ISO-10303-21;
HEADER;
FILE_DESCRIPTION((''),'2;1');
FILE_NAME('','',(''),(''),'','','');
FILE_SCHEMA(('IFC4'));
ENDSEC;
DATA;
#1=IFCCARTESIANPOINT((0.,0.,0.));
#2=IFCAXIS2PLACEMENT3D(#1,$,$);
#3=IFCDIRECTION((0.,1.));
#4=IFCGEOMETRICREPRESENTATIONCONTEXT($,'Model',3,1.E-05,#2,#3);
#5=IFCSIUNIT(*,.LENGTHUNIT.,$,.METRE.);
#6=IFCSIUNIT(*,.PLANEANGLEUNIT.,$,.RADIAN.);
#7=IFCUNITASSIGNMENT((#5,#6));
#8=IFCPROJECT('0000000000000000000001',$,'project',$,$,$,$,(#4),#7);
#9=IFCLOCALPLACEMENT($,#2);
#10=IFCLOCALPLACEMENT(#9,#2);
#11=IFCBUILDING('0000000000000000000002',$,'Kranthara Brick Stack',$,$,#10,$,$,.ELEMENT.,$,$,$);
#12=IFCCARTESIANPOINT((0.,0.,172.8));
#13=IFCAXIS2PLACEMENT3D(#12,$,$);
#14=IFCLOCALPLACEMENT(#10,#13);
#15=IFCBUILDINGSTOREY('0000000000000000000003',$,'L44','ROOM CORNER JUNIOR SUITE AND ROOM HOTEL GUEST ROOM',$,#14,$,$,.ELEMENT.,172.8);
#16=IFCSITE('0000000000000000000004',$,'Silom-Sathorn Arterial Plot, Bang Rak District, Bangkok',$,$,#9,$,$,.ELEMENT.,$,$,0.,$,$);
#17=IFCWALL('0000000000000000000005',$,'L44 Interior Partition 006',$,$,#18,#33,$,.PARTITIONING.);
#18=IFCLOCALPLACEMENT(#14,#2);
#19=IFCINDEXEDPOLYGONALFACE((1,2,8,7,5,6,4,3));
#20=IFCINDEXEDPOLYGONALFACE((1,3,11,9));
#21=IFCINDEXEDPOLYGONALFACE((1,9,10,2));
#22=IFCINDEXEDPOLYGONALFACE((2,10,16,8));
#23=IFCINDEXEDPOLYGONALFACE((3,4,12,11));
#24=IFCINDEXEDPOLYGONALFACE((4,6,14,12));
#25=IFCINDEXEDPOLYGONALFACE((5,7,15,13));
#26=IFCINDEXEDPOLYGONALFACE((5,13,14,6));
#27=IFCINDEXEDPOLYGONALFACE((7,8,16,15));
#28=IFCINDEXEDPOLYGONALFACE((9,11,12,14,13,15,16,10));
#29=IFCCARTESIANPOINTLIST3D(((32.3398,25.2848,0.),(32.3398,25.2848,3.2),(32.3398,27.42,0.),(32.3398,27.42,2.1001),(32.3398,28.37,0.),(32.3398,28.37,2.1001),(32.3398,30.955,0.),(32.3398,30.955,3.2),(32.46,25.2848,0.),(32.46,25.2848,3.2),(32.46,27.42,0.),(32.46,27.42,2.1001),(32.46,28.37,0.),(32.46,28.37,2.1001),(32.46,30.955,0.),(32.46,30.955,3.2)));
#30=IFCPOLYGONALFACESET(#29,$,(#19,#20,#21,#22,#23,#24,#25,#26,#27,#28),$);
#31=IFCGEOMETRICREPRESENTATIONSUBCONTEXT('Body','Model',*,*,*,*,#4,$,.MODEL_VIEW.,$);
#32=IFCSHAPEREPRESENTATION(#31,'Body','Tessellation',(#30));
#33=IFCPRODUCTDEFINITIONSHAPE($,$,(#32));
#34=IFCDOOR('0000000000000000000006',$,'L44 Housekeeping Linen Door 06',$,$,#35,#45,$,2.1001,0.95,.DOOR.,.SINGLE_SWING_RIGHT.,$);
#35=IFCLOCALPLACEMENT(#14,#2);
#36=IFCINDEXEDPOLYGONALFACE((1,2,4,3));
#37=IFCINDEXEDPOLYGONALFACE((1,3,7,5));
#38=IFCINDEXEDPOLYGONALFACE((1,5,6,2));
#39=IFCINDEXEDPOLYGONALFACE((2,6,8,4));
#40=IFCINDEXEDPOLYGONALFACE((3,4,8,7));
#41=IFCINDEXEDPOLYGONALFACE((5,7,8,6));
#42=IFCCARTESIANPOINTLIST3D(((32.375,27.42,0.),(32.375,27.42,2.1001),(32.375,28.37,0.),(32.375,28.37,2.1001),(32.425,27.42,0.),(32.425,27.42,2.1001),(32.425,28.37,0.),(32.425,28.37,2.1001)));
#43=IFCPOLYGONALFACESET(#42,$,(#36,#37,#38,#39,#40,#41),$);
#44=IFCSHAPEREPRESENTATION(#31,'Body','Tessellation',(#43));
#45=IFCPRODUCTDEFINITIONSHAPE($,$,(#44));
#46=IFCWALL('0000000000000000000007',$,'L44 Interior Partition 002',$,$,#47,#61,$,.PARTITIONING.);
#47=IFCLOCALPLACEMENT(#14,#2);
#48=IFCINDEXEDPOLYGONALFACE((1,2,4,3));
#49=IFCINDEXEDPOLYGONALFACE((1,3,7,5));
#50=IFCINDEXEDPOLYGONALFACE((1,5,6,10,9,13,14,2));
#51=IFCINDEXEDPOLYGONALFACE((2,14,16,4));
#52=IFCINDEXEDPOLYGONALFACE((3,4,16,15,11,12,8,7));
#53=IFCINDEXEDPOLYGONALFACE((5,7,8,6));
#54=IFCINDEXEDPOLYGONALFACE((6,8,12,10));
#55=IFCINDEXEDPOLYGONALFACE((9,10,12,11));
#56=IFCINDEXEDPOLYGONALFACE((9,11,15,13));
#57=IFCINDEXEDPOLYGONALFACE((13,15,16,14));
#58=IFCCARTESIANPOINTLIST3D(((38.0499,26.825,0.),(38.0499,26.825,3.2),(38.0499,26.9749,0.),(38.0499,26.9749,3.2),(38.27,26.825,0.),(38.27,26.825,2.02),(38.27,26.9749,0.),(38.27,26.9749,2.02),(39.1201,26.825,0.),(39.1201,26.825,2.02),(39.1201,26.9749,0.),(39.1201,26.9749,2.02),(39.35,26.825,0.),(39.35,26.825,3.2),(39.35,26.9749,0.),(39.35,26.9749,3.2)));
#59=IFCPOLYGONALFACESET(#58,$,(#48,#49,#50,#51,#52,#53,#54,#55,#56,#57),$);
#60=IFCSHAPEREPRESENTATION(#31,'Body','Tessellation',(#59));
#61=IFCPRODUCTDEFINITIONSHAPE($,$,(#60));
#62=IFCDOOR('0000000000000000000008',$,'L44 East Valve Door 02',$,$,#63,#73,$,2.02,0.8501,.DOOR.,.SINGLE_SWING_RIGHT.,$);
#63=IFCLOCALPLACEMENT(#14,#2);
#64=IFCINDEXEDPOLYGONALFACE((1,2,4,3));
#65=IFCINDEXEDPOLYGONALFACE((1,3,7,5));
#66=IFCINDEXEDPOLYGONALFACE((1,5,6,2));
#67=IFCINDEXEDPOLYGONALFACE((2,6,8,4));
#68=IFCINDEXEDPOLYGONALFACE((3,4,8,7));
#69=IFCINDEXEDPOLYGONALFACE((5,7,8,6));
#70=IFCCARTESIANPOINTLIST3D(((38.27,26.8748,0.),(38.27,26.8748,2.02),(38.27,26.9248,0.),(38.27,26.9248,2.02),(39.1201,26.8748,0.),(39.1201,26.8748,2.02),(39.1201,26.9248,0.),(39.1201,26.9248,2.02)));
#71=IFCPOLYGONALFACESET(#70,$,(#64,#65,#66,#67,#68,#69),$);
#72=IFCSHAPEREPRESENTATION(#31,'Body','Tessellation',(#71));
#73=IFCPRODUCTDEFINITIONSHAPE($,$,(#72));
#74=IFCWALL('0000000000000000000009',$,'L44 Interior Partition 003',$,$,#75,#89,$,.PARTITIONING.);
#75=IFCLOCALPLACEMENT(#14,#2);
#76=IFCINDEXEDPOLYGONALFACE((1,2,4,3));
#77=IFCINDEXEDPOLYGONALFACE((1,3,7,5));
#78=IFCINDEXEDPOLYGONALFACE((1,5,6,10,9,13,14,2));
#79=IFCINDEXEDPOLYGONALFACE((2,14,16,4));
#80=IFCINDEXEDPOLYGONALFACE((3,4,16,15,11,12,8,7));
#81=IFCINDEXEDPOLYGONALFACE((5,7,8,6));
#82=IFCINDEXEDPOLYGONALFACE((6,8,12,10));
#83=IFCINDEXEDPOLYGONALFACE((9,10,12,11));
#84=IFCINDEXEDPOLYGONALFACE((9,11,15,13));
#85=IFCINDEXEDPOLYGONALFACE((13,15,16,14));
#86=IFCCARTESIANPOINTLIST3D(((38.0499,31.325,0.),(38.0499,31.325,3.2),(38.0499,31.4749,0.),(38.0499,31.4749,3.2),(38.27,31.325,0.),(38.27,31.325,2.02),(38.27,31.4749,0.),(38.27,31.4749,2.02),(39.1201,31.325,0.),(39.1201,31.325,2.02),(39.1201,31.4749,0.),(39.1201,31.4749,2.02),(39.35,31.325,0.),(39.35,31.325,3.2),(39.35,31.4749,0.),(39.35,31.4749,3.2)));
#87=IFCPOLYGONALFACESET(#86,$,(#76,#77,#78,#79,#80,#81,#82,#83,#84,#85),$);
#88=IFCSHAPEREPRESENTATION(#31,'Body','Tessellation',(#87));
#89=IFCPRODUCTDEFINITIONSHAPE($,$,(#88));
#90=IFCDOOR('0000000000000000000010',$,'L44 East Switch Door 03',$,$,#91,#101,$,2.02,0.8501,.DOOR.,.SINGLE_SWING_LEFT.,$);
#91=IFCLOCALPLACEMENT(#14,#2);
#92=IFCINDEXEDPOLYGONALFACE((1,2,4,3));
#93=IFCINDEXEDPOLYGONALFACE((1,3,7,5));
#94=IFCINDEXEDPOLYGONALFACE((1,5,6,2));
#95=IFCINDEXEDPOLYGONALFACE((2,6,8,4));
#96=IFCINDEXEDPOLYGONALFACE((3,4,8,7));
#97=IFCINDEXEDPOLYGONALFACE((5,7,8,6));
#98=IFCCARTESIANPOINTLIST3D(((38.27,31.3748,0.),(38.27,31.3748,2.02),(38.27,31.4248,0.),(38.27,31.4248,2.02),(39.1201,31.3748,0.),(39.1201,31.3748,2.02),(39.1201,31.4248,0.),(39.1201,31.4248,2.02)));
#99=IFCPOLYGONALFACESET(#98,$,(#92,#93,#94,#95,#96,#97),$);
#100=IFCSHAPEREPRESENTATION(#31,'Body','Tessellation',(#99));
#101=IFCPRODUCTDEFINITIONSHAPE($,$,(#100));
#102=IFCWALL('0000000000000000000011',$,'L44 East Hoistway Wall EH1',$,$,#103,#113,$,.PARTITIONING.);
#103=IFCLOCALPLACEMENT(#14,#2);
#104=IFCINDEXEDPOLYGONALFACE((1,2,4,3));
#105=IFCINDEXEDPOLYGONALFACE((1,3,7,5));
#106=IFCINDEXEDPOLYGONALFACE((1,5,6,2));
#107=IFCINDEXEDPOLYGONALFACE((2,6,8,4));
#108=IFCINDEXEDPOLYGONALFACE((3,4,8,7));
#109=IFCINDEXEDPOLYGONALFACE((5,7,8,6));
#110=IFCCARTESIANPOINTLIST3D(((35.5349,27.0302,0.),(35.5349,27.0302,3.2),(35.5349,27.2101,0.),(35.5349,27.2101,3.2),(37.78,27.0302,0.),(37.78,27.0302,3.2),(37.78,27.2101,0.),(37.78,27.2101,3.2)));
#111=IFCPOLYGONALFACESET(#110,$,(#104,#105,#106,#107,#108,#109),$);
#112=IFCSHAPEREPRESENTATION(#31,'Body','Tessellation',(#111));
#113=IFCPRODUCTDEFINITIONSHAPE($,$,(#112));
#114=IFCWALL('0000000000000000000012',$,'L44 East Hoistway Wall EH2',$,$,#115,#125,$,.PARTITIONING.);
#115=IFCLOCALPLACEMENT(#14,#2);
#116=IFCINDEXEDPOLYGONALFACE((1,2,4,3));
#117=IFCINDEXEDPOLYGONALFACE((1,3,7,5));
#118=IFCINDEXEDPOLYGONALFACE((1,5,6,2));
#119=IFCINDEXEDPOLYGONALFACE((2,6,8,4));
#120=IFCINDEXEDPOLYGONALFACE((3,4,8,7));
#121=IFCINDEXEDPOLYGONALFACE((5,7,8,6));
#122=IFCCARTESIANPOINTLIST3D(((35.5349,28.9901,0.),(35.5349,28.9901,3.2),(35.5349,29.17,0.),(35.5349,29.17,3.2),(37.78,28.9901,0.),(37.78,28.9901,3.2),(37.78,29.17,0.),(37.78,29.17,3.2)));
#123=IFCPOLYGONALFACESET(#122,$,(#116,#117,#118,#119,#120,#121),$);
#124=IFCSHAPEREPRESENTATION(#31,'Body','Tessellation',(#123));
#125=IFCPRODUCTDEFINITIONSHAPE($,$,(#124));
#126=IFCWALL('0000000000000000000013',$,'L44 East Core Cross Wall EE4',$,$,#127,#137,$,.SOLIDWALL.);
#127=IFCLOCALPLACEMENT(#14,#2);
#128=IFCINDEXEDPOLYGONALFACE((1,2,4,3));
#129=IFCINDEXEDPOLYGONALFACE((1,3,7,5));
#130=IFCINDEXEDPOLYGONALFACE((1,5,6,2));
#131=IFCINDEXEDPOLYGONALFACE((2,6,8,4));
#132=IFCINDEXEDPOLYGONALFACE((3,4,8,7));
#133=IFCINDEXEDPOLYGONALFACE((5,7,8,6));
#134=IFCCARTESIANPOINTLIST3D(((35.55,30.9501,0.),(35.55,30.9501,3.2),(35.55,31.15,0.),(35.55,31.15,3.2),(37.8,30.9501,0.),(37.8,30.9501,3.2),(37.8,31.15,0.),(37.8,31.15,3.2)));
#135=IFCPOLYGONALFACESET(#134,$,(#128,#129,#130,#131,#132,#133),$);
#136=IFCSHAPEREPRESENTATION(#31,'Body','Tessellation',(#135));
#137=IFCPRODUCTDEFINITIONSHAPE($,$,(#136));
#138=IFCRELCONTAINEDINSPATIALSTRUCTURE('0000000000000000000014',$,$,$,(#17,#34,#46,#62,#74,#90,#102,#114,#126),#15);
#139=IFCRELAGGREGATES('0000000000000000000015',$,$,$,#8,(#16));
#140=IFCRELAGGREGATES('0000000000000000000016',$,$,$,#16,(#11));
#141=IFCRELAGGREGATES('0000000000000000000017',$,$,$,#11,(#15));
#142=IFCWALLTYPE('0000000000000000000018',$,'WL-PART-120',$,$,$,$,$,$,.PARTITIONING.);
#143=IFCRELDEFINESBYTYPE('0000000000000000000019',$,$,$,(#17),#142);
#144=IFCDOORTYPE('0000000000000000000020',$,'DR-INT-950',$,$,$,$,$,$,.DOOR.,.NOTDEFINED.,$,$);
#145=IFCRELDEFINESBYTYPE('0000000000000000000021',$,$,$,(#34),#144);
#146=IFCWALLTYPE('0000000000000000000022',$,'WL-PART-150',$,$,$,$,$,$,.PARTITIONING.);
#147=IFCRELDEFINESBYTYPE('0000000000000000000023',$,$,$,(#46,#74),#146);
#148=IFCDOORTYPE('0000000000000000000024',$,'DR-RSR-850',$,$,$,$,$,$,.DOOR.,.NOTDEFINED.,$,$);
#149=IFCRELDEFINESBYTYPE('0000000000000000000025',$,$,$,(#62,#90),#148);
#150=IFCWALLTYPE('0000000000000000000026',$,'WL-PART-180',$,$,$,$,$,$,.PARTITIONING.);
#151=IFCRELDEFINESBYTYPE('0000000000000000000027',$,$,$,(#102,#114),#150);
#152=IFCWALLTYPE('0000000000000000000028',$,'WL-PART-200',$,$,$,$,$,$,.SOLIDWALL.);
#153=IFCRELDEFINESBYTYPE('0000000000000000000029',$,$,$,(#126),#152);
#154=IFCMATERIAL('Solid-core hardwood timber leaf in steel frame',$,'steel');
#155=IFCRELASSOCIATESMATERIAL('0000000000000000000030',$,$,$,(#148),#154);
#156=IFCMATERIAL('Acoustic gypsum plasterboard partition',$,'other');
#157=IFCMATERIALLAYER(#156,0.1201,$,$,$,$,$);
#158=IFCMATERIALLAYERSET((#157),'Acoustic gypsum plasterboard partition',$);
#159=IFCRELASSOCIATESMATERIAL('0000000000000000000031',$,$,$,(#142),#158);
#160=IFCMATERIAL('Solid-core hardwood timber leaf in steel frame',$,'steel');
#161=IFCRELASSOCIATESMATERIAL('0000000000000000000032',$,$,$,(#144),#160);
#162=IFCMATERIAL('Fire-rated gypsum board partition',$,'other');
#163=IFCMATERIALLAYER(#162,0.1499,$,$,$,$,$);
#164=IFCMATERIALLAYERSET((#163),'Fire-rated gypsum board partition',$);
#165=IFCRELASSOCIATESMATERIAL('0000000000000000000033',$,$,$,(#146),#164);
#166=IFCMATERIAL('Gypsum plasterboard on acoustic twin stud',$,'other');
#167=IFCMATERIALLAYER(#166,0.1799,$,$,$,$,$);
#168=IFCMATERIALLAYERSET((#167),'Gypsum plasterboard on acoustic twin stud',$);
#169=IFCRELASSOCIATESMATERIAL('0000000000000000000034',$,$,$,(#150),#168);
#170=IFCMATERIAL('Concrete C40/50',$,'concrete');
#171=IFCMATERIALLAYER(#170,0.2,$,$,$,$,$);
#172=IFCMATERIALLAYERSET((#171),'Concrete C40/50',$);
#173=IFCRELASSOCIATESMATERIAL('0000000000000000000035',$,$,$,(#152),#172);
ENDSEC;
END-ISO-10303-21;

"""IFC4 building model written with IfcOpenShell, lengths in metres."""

from ifc_helpers import new_model, si_unit, direction, frame, frame_2d, origin, place, context, subcontext, project, spatial, rectangle, extrude, material, layer, layer_set, type_object, element, fill, save


model = new_model("IFC4")

# Units and contexts
model_context = context("Model", 3, precision=1e-05, world=origin(), true_north=direction((0.0, 1.0)))
body_context = subcontext(model_context, "Body", "Model", "MODEL_VIEW")
ifc_project = project(units=[si_unit("LENGTHUNIT", "METRE"), si_unit("PLANEANGLEUNIT", "RADIAN")], contexts=[model_context])

# Site, building, storey
site_placement = place(None, origin())
site = spatial("IfcSite", under=ifc_project, at=site_placement, Name="Silom-Sathorn Arterial Plot, Bang Rak District, Bangkok", CompositionType="ELEMENT", RefElevation=0.0)
building_placement = place(site_placement, origin())
building = spatial("IfcBuilding", under=site, at=building_placement, Name="Kranthara Brick Stack", CompositionType="ELEMENT")
storey_placement = place(building_placement, frame((0.0, 0.0, 172.8)))
storey = spatial("IfcBuildingStorey", under=building, at=storey_placement, Name="L44", Description="ROOM CORNER JUNIOR SUITE AND ROOM HOTEL GUEST ROOM", CompositionType="ELEMENT", Elevation=172.8)

# Shared definitions
ifc_material_1 = material(Name="Solid-core hardwood timber leaf in steel frame", Category="steel")
door_type_1 = type_object("IfcDoorType", Name="DR-RSR-850", OperationType="NOTDEFINED", PredefinedType="DOOR", material=ifc_material_1)

# Walls, openings, doors
ifc_material_2 = material(Name="Acoustic gypsum plasterboard partition", Category="other")
ifc_layer_1 = layer(ifc_material_2, 0.1201)
ifc_layer_set_1 = layer_set([ifc_layer_1], Name="Acoustic gypsum plasterboard partition")
wall_type_1 = type_object("IfcWallType", Name="WL-PART-120", PredefinedType="PARTITIONING", material=ifc_layer_set_1)
wall_1_placement = place(storey_placement, frame((32.3999, 25.2849, 0.0), z_axis=(0.0, 0.0, 1.0), x_axis=(0.0, 1.0, 0.0)))
wall_1 = element("IfcWall", 1, at=wall_1_placement, inside=storey, type_object=wall_type_1, Name="L44 Interior Partition 006", PredefinedType="PARTITIONING", context=body_context, shape_type="SweptSolid", body=[
    extrude(rectangle(XDim=5.6702, YDim=0.1201, at=frame_2d((2.835, 0.0))), origin(), (0.0, 0.0, 1.0), 3.2),
])
opening_1_placement = place(wall_1_placement, frame((2.135, 0.0, 0.0)))
opening_1 = element("IfcOpeningElement", 2, at=opening_1_placement, cuts=wall_1, PredefinedType="OPENING", context=body_context, shape_type="SweptSolid", body=[
    extrude(rectangle(XDim=0.95, YDim=2.1001, at=frame_2d((0.4751, 1.05))), frame((0.0, 0.0701, 0.0), z_axis=(0.0, -1.0, 0.0), x_axis=(1.0, 0.0, 0.0)), (0.0, 0.0, 1.0), 0.1401),
])
ifc_material_3 = material(Name="Solid-core hardwood timber leaf in steel frame", Category="steel")
door_type_2 = type_object("IfcDoorType", Name="DR-INT-950", OperationType="NOTDEFINED", PredefinedType="DOOR", material=ifc_material_3)
door_1_placement = place(opening_1_placement, origin())
door_1 = element("IfcDoor", 3, at=door_1_placement, inside=storey, type_object=door_type_2, Name="L44 Housekeeping Linen Door 06", OperationType="SINGLE_SWING_RIGHT", OverallHeight=2.1001, OverallWidth=0.95, PredefinedType="DOOR", context=body_context, shape_type="SweptSolid", body=[
    extrude(rectangle(XDim=0.95, YDim=2.1001, at=frame_2d((0.4751, 1.05))), frame((0.0, 0.0249, 0.0), z_axis=(0.0, -1.0, 0.0), x_axis=(1.0, 0.0, 0.0)), (0.0, 0.0, 1.0), 0.05),
])
fill(opening_1, door_1)
ifc_material_4 = material(Name="Fire-rated gypsum board partition", Category="other")
ifc_layer_2 = layer(ifc_material_4, 0.1499)
ifc_layer_set_2 = layer_set([ifc_layer_2], Name="Fire-rated gypsum board partition")
wall_type_2 = type_object("IfcWallType", Name="WL-PART-150", PredefinedType="PARTITIONING", material=ifc_layer_set_2)
wall_2_placement = place(storey_placement, frame((38.05, 26.8999, 0.0), z_axis=(0.0, 0.0, 1.0), x_axis=(1.0, 0.0, 0.0)))
wall_2 = element("IfcWall", 4, at=wall_2_placement, inside=storey, type_object=wall_type_2, Name="L44 Interior Partition 002", PredefinedType="PARTITIONING", context=body_context, shape_type="SweptSolid", body=[
    extrude(rectangle(XDim=1.3, YDim=0.1499, at=frame_2d((0.6499, 0.0))), origin(), (0.0, 0.0, 1.0), 3.2),
])
opening_2_placement = place(wall_2_placement, frame((0.22, 0.0, 0.0)))
opening_2 = element("IfcOpeningElement", 5, at=opening_2_placement, cuts=wall_2, PredefinedType="OPENING", context=body_context, shape_type="SweptSolid", body=[
    extrude(rectangle(XDim=0.8501, YDim=2.02, at=frame_2d((0.425, 1.01))), frame((0.0, 0.085, 0.0), z_axis=(0.0, -1.0, 0.0), x_axis=(1.0, 0.0, 0.0)), (0.0, 0.0, 1.0), 0.1699),
])
door_2_placement = place(opening_2_placement, origin())
door_2 = element("IfcDoor", 6, at=door_2_placement, inside=storey, type_object=door_type_1, Name="L44 East Valve Door 02", OperationType="SINGLE_SWING_RIGHT", OverallHeight=2.02, OverallWidth=0.8501, PredefinedType="DOOR", context=body_context, shape_type="SweptSolid", body=[
    extrude(rectangle(XDim=0.8501, YDim=2.02, at=frame_2d((0.425, 1.01))), frame((0.0, 0.0249, 0.0), z_axis=(0.0, -1.0, 0.0), x_axis=(1.0, 0.0, 0.0)), (0.0, 0.0, 1.0), 0.05),
])
fill(opening_2, door_2)
wall_3_placement = place(storey_placement, frame((38.05, 31.3999, 0.0), z_axis=(0.0, 0.0, 1.0), x_axis=(1.0, 0.0, 0.0)))
wall_3 = element("IfcWall", 7, at=wall_3_placement, inside=storey, type_object=wall_type_2, Name="L44 Interior Partition 003", PredefinedType="PARTITIONING", context=body_context, shape_type="SweptSolid", body=[
    extrude(rectangle(XDim=1.3, YDim=0.1499, at=frame_2d((0.6499, 0.0))), origin(), (0.0, 0.0, 1.0), 3.2),
])
opening_3_placement = place(wall_3_placement, frame((0.22, 0.0, 0.0)))
opening_3 = element("IfcOpeningElement", 8, at=opening_3_placement, cuts=wall_3, PredefinedType="OPENING", context=body_context, shape_type="SweptSolid", body=[
    extrude(rectangle(XDim=0.8501, YDim=2.02, at=frame_2d((0.425, 1.01))), frame((0.0, 0.085, 0.0), z_axis=(0.0, -1.0, 0.0), x_axis=(1.0, 0.0, 0.0)), (0.0, 0.0, 1.0), 0.1699),
])
door_3_placement = place(opening_3_placement, origin())
door_3 = element("IfcDoor", 9, at=door_3_placement, inside=storey, type_object=door_type_1, Name="L44 East Switch Door 03", OperationType="SINGLE_SWING_LEFT", OverallHeight=2.02, OverallWidth=0.8501, PredefinedType="DOOR", context=body_context, shape_type="SweptSolid", body=[
    extrude(rectangle(XDim=0.8501, YDim=2.02, at=frame_2d((0.425, 1.01))), frame((0.0, 0.0249, 0.0), z_axis=(0.0, -1.0, 0.0), x_axis=(1.0, 0.0, 0.0)), (0.0, 0.0, 1.0), 0.05),
])
fill(opening_3, door_3)

# Walls
ifc_material_5 = material(Name="Gypsum plasterboard on acoustic twin stud", Category="other")
ifc_layer_3 = layer(ifc_material_5, 0.1799)
ifc_layer_set_3 = layer_set([ifc_layer_3], Name="Gypsum plasterboard on acoustic twin stud")
wall_type_3 = type_object("IfcWallType", Name="WL-PART-180", PredefinedType="PARTITIONING", material=ifc_layer_set_3)
for number, where, z_axis, x_axis, name in (
    (10, (35.5349, 27.1201, 0.0), (0.0, 0.0, 1.0), (1.0, 0.0, 0.0), "L44 East Hoistway Wall EH1"),
    (11, (35.5349, 29.0801, 0.0), (0.0, 0.0, 1.0), (1.0, 0.0, 0.0), "L44 East Hoistway Wall EH2"),
):
    element("IfcWall", number, at=place(storey_placement, frame(where, z_axis=z_axis, x_axis=x_axis)), inside=storey, type_object=wall_type_3, Name=name, PredefinedType="PARTITIONING", context=body_context, shape_type="SweptSolid", body=[
        extrude(rectangle(XDim=2.2451, YDim=0.1799, at=frame_2d((1.1226, 0.0))), origin(), (0.0, 0.0, 1.0), 3.2),
    ])
ifc_material_6 = material(Name="Concrete C40/50", Category="concrete")
ifc_layer_4 = layer(ifc_material_6, 0.2)
ifc_layer_set_4 = layer_set([ifc_layer_4], Name="Concrete C40/50")
wall_type_4 = type_object("IfcWallType", Name="WL-PART-200", PredefinedType="SOLIDWALL", material=ifc_layer_set_4)
wall_4_placement = place(storey_placement, frame((35.55, 31.05, 0.0), z_axis=(0.0, 0.0, 1.0), x_axis=(1.0, 0.0, 0.0)))
element("IfcWall", 12, at=wall_4_placement, inside=storey, type_object=wall_type_4, Name="L44 East Core Cross Wall EE4", PredefinedType="SOLIDWALL", context=body_context, shape_type="SweptSolid", body=[
    extrude(rectangle(XDim=2.25, YDim=0.2, at=frame_2d((1.125, 0.0))), origin(), (0.0, 0.0, 1.0), 3.2),
])

save(model, "model.ifc")
